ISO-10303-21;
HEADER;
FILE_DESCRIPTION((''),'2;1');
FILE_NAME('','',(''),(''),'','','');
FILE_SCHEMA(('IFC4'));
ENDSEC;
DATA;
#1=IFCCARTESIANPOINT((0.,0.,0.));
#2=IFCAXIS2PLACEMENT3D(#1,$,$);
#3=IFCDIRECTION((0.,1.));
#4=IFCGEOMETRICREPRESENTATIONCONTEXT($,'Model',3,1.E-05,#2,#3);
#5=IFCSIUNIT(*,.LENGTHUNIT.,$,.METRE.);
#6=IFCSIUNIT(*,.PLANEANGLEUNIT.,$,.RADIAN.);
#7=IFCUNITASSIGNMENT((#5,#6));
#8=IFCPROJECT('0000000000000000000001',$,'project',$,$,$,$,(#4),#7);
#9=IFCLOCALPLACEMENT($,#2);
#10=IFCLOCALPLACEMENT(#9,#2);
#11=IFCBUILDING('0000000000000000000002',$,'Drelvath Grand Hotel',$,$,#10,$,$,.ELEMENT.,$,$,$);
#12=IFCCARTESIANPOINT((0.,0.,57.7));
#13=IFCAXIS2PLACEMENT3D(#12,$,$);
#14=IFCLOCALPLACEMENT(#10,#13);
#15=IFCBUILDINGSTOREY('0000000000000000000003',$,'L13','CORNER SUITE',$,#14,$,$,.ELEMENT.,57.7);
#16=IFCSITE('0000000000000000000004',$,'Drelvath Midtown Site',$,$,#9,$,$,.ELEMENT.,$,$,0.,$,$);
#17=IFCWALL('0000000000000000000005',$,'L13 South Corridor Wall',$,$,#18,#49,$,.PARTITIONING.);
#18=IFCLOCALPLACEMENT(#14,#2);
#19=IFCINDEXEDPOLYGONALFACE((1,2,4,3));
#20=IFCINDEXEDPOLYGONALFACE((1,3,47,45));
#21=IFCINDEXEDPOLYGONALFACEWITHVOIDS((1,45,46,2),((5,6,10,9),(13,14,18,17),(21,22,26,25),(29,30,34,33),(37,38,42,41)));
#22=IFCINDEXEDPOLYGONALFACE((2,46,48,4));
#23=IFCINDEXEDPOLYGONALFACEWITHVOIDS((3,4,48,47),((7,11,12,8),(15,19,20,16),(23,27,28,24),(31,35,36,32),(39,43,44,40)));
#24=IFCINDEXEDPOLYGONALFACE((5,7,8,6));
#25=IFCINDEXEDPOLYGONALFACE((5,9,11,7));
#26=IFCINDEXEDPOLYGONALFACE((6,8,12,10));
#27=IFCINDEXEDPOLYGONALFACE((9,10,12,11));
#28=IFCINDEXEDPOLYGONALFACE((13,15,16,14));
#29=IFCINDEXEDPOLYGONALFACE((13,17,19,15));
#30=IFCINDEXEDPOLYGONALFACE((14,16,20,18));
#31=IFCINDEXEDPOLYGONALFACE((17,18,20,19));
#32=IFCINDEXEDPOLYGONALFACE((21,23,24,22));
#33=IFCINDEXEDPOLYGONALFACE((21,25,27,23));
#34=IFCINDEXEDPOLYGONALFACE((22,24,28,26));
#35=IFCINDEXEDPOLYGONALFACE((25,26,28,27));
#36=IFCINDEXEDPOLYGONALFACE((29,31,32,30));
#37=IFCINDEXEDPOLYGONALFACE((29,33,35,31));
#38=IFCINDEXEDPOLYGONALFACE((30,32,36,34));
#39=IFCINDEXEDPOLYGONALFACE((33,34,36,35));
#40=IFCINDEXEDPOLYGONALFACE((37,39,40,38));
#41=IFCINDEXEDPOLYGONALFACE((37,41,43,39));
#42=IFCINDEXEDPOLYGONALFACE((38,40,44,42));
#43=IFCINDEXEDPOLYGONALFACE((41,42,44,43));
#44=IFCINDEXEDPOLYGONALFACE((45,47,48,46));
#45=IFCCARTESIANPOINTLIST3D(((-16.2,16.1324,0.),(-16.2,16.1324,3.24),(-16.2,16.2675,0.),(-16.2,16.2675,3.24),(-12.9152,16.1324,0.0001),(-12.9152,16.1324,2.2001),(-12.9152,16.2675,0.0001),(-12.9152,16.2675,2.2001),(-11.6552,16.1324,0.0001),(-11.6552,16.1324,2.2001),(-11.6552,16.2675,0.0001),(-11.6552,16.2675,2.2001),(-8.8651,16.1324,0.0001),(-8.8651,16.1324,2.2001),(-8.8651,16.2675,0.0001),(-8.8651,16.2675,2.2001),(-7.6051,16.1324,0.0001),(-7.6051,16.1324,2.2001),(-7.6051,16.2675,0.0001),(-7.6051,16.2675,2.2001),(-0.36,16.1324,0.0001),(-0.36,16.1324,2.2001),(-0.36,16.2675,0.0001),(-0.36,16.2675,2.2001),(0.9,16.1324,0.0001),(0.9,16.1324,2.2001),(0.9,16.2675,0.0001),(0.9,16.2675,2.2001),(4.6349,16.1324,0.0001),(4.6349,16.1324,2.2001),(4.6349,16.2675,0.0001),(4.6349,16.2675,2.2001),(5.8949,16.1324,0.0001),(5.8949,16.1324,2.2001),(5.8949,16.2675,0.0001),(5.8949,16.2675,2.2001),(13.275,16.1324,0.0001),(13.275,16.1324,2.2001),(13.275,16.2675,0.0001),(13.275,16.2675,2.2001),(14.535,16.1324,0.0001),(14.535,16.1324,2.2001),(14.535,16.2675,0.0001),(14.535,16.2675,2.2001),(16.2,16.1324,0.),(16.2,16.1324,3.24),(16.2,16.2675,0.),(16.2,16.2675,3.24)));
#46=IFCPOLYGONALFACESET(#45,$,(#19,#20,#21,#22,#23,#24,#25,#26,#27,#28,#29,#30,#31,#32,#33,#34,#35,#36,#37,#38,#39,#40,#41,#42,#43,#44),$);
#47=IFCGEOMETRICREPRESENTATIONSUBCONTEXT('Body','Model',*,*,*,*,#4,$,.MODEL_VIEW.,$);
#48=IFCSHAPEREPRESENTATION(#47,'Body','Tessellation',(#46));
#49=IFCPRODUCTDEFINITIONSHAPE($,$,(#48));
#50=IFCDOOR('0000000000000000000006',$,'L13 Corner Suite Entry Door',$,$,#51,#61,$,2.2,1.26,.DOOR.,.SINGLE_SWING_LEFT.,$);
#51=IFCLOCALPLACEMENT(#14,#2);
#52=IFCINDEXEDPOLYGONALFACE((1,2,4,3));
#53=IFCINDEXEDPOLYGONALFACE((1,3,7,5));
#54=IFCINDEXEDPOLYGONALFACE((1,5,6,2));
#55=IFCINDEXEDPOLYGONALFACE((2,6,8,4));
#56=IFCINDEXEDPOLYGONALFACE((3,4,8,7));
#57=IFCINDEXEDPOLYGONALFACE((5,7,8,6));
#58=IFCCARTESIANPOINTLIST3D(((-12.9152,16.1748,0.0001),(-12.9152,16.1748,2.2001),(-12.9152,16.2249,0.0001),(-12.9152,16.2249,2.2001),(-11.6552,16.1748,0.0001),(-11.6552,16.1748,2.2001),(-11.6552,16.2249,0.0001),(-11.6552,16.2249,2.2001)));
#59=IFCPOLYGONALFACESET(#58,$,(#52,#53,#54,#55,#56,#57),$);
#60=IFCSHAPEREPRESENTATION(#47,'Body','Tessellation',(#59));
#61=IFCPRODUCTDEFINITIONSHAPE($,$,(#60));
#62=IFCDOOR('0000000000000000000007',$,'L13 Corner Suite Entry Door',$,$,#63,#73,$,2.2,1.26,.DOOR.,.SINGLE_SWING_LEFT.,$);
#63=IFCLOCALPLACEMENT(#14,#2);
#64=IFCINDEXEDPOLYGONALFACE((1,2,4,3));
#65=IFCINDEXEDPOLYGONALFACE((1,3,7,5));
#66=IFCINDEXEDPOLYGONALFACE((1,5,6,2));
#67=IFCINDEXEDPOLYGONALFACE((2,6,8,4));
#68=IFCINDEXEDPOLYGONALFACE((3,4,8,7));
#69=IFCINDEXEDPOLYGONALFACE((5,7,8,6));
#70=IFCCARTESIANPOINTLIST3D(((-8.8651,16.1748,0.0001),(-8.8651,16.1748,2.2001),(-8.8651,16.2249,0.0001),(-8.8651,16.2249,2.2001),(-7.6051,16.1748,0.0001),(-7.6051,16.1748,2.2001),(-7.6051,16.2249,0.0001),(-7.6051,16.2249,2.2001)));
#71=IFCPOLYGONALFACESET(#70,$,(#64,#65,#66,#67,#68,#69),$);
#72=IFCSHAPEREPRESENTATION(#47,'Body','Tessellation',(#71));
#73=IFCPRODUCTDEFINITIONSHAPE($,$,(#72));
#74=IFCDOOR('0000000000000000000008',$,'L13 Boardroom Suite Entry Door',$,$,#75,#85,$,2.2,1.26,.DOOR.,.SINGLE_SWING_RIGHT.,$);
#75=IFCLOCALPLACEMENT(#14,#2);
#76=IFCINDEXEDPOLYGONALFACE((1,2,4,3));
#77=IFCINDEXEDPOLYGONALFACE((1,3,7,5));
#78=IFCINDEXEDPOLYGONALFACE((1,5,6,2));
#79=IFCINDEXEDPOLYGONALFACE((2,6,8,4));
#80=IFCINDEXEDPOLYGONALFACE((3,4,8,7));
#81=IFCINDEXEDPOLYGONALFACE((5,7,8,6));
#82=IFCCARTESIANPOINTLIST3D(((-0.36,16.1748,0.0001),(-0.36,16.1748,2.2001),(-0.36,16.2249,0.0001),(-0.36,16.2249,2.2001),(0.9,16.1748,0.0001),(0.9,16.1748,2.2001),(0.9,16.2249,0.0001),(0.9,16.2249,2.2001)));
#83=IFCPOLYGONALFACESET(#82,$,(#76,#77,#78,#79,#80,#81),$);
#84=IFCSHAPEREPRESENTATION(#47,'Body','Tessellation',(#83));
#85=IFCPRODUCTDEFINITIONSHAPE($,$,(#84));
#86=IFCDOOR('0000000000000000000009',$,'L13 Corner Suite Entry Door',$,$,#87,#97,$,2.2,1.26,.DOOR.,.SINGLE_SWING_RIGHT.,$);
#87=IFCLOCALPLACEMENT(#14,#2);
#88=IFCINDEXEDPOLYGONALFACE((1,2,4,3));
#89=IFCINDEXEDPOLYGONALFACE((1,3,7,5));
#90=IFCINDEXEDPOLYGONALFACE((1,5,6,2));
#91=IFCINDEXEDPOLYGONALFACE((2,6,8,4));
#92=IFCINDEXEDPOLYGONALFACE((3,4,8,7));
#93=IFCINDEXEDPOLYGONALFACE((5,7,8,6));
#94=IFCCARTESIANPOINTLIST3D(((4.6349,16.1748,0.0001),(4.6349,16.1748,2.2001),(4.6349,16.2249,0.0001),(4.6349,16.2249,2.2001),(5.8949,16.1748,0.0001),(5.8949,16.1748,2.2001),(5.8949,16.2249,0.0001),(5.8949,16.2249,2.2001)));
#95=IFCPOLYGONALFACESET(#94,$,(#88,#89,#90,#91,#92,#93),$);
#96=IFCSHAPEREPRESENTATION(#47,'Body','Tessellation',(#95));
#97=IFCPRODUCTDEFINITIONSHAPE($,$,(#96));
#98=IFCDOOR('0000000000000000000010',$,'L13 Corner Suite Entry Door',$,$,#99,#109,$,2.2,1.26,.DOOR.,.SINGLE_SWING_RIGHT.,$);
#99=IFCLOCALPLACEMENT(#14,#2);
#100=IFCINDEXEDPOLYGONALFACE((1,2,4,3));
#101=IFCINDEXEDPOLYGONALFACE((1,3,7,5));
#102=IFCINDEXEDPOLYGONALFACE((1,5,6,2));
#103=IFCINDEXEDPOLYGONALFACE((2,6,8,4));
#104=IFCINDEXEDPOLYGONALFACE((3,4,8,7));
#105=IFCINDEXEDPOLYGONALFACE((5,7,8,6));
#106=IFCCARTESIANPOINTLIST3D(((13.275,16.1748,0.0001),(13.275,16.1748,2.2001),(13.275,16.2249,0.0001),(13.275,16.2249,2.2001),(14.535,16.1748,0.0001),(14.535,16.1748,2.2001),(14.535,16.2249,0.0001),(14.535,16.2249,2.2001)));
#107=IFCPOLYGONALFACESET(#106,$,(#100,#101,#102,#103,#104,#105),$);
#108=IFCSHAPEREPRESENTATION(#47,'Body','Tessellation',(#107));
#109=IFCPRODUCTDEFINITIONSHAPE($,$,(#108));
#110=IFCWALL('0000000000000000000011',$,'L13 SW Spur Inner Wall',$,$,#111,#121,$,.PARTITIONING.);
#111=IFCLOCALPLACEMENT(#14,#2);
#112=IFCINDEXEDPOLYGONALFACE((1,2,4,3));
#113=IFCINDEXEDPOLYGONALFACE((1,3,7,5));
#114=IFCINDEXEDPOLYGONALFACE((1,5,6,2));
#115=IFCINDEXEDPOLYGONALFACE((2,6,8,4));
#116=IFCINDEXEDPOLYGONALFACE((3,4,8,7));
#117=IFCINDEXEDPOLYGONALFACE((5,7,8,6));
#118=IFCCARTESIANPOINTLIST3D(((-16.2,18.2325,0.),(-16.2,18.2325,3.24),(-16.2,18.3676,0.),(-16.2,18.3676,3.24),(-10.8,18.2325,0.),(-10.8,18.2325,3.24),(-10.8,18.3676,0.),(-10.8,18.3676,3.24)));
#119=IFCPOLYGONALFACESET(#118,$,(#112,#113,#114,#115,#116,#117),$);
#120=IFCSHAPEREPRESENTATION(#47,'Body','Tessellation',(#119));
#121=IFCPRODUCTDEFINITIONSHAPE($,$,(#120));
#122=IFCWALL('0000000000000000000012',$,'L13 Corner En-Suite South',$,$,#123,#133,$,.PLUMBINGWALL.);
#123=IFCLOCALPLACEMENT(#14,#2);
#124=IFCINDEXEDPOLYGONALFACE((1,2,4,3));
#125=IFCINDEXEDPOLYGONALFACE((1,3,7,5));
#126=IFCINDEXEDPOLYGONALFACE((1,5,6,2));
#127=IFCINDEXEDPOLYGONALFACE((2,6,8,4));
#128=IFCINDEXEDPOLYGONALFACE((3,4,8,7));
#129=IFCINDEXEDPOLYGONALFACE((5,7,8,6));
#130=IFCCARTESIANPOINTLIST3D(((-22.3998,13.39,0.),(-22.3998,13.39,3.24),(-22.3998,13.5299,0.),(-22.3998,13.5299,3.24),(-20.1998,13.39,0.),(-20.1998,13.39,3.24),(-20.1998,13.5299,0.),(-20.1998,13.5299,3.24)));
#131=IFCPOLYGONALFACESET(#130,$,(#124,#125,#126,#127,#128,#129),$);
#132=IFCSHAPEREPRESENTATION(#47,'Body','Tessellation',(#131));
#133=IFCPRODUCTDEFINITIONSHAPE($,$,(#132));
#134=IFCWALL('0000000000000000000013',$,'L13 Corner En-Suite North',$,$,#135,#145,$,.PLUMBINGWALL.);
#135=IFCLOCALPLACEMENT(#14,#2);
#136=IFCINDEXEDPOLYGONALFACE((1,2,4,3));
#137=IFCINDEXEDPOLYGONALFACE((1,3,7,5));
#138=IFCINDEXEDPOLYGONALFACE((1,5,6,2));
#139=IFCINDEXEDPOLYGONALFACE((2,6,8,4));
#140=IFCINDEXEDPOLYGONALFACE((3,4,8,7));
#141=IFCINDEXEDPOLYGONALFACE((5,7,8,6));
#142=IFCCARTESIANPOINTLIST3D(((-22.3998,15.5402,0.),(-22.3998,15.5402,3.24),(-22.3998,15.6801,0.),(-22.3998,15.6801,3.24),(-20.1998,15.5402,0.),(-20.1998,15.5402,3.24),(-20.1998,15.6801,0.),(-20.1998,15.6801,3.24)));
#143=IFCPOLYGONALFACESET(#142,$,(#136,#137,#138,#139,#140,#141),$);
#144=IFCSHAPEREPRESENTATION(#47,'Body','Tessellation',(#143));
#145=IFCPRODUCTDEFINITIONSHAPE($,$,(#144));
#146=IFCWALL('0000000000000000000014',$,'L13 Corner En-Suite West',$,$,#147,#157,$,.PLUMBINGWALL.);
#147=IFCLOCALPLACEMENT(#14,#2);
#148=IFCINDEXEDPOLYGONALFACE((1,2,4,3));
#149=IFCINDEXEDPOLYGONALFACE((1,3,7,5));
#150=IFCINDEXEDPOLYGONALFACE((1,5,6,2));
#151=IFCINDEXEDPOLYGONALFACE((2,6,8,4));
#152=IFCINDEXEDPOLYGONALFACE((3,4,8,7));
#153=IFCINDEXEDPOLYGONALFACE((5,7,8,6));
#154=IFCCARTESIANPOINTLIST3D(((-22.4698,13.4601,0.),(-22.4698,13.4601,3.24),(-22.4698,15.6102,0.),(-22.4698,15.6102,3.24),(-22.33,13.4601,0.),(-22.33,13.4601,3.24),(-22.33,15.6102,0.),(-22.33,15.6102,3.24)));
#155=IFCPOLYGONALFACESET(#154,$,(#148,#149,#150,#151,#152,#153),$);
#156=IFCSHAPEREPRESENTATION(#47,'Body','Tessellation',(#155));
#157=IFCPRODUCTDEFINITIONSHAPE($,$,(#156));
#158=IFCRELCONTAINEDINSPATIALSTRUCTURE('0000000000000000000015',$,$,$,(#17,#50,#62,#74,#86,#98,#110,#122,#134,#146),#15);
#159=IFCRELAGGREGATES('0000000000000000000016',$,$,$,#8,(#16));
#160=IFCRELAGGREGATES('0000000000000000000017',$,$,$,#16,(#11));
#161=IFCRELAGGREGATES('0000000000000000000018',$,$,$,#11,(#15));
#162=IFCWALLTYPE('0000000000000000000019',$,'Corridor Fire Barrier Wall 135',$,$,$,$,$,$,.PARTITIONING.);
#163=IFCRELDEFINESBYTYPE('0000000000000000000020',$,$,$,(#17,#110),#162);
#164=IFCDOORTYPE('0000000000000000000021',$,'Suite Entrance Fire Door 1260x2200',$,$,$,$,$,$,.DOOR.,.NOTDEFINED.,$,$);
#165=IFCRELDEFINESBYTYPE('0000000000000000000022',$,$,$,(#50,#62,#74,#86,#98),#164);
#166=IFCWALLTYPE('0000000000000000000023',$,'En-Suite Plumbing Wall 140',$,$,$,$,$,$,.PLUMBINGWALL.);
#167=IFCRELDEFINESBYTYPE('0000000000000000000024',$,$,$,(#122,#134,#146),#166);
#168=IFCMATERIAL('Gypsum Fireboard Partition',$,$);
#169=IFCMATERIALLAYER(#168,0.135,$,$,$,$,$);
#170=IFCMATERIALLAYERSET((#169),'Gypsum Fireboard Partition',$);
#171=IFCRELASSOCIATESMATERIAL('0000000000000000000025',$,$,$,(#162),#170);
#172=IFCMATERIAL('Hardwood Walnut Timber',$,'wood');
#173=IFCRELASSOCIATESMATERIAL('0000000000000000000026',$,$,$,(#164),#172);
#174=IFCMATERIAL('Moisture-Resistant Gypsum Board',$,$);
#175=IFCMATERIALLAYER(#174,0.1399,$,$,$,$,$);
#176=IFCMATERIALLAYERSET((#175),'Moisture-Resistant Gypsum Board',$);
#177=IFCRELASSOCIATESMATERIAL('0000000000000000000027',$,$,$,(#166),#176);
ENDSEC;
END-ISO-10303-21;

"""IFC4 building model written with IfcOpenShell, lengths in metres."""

from ifc_helpers import new_model, si_unit, direction, frame, frame_2d, origin, place, context, subcontext, project, spatial, rectangle, extrude, material, layer, layer_set, type_object, element, fill, save


model = new_model("IFC4")

# Units and contexts
model_context = context("Model", 3, precision=1e-05, world=origin(), true_north=direction((0.0, 1.0)))
body_context = subcontext(model_context, "Body", "Model", "MODEL_VIEW")
ifc_project = project(units=[si_unit("LENGTHUNIT", "METRE"), si_unit("PLANEANGLEUNIT", "RADIAN")], contexts=[model_context])

# Site, building, storey
site_placement = place(None, origin())
site = spatial("IfcSite", under=ifc_project, at=site_placement, Name="Drelvath Midtown Site", CompositionType="ELEMENT", RefElevation=0.0)
building_placement = place(site_placement, origin())
building = spatial("IfcBuilding", under=site, at=building_placement, Name="Drelvath Grand Hotel", CompositionType="ELEMENT")
storey_placement = place(building_placement, frame((0.0, 0.0, 57.7)))
storey = spatial("IfcBuildingStorey", under=building, at=storey_placement, Name="L13", Description="CORNER SUITE", CompositionType="ELEMENT", Elevation=57.7)

# Wall, openings, doors
ifc_material_1 = material(Name="Gypsum Fireboard Partition")
ifc_layer_1 = layer(ifc_material_1, 0.135)
ifc_layer_set_1 = layer_set([ifc_layer_1], Name="Gypsum Fireboard Partition")
wall_type_1 = type_object("IfcWallType", Name="Corridor Fire Barrier Wall 135", PredefinedType="PARTITIONING", material=ifc_layer_set_1)
wall_1_placement = place(storey_placement, frame((-16.2, 16.2, 0.0), z_axis=(0.0, 0.0, 1.0), x_axis=(1.0, 0.0, 0.0)))
wall_1 = element("IfcWall", 1, at=wall_1_placement, inside=storey, type_object=wall_type_1, Name="L13 South Corridor Wall", PredefinedType="PARTITIONING", context=body_context, shape_type="SweptSolid", body=[
    extrude(rectangle(XDim=32.3999, YDim=0.135, at=frame_2d((16.2, 0.0))), origin(), (0.0, 0.0, 1.0), 3.24),
])
opening_1_placement = place(wall_1_placement, frame((3.2849, 0.0, 0.0)))
opening_1 = element("IfcOpeningElement", 2, at=opening_1_placement, cuts=wall_1, PredefinedType="OPENING", context=body_context, shape_type="SweptSolid", body=[
    extrude(rectangle(XDim=1.26, YDim=2.2, at=frame_2d((0.6299, 1.1001))), frame((0.0, 0.0774, 0.0), z_axis=(0.0, -1.0, 0.0), x_axis=(1.0, 0.0, 0.0)), (0.0, 0.0, 1.0), 0.155),
])
opening_2_placement = place(wall_1_placement, frame((7.335, 0.0, 0.0)))
opening_2 = element("IfcOpeningElement", 3, at=opening_2_placement, cuts=wall_1, PredefinedType="OPENING", context=body_context, shape_type="SweptSolid", body=[
    extrude(rectangle(XDim=1.26, YDim=2.2, at=frame_2d((0.6299, 1.1001))), frame((0.0, 0.0774, 0.0), z_axis=(0.0, -1.0, 0.0), x_axis=(1.0, 0.0, 0.0)), (0.0, 0.0, 1.0), 0.155),
])
opening_3_placement = place(wall_1_placement, frame((15.8401, 0.0, 0.0)))
opening_3 = element("IfcOpeningElement", 4, at=opening_3_placement, cuts=wall_1, PredefinedType="OPENING", context=body_context, shape_type="SweptSolid", body=[
    extrude(rectangle(XDim=1.26, YDim=2.2, at=frame_2d((0.6299, 1.1001))), frame((0.0, 0.0774, 0.0), z_axis=(0.0, -1.0, 0.0), x_axis=(1.0, 0.0, 0.0)), (0.0, 0.0, 1.0), 0.155),
])
opening_4_placement = place(wall_1_placement, frame((20.835, 0.0, 0.0)))
opening_4 = element("IfcOpeningElement", 5, at=opening_4_placement, cuts=wall_1, PredefinedType="OPENING", context=body_context, shape_type="SweptSolid", body=[
    extrude(rectangle(XDim=1.26, YDim=2.2, at=frame_2d((0.6299, 1.1001))), frame((0.0, 0.0774, 0.0), z_axis=(0.0, -1.0, 0.0), x_axis=(1.0, 0.0, 0.0)), (0.0, 0.0, 1.0), 0.155),
])
opening_5_placement = place(wall_1_placement, frame((29.4751, 0.0, 0.0)))
opening_5 = element("IfcOpeningElement", 6, at=opening_5_placement, cuts=wall_1, PredefinedType="OPENING", context=body_context, shape_type="SweptSolid", body=[
    extrude(rectangle(XDim=1.26, YDim=2.2, at=frame_2d((0.6299, 1.1001))), frame((0.0, 0.0774, 0.0), z_axis=(0.0, -1.0, 0.0), x_axis=(1.0, 0.0, 0.0)), (0.0, 0.0, 1.0), 0.155),
])
ifc_material_2 = material(Name="Hardwood Walnut Timber", Category="wood")
door_type_1 = type_object("IfcDoorType", Name="Suite Entrance Fire Door 1260x2200", OperationType="NOTDEFINED", PredefinedType="DOOR", material=ifc_material_2)
door_1_placement = place(opening_1_placement, origin())
door_1 = element("IfcDoor", 7, at=door_1_placement, inside=storey, type_object=door_type_1, Name="L13 Corner Suite Entry Door", OperationType="SINGLE_SWING_LEFT", OverallHeight=2.2, OverallWidth=1.26, PredefinedType="DOOR", context=body_context, shape_type="SweptSolid", body=[
    extrude(rectangle(XDim=1.26, YDim=2.2, at=frame_2d((0.6299, 1.1001))), frame((0.0, 0.0249, 0.0), z_axis=(0.0, -1.0, 0.0), x_axis=(1.0, 0.0, 0.0)), (0.0, 0.0, 1.0), 0.05),
])
fill(opening_1, door_1)
door_2_placement = place(opening_2_placement, origin())
door_2 = element("IfcDoor", 8, at=door_2_placement, inside=storey, type_object=door_type_1, Name="L13 Corner Suite Entry Door", OperationType="SINGLE_SWING_LEFT", OverallHeight=2.2, OverallWidth=1.26, PredefinedType="DOOR", context=body_context, shape_type="SweptSolid", body=[
    extrude(rectangle(XDim=1.26, YDim=2.2, at=frame_2d((0.6299, 1.1001))), frame((0.0, 0.0249, 0.0), z_axis=(0.0, -1.0, 0.0), x_axis=(1.0, 0.0, 0.0)), (0.0, 0.0, 1.0), 0.05),
])
fill(opening_2, door_2)
door_3_placement = place(opening_3_placement, origin())
door_3 = element("IfcDoor", 9, at=door_3_placement, inside=storey, type_object=door_type_1, Name="L13 Boardroom Suite Entry Door", OperationType="SINGLE_SWING_RIGHT", OverallHeight=2.2, OverallWidth=1.26, PredefinedType="DOOR", context=body_context, shape_type="SweptSolid", body=[
    extrude(rectangle(XDim=1.26, YDim=2.2, at=frame_2d((0.6299, 1.1001))), frame((0.0, 0.0249, 0.0), z_axis=(0.0, -1.0, 0.0), x_axis=(1.0, 0.0, 0.0)), (0.0, 0.0, 1.0), 0.05),
])
fill(opening_3, door_3)
door_4_placement = place(opening_4_placement, origin())
door_4 = element("IfcDoor", 10, at=door_4_placement, inside=storey, type_object=door_type_1, Name="L13 Corner Suite Entry Door", OperationType="SINGLE_SWING_RIGHT", OverallHeight=2.2, OverallWidth=1.26, PredefinedType="DOOR", context=body_context, shape_type="SweptSolid", body=[
    extrude(rectangle(XDim=1.26, YDim=2.2, at=frame_2d((0.6299, 1.1001))), frame((0.0, 0.0249, 0.0), z_axis=(0.0, -1.0, 0.0), x_axis=(1.0, 0.0, 0.0)), (0.0, 0.0, 1.0), 0.05),
])
fill(opening_4, door_4)
door_5_placement = place(opening_5_placement, origin())
door_5 = element("IfcDoor", 11, at=door_5_placement, inside=storey, type_object=door_type_1, Name="L13 Corner Suite Entry Door", OperationType="SINGLE_SWING_RIGHT", OverallHeight=2.2, OverallWidth=1.26, PredefinedType="DOOR", context=body_context, shape_type="SweptSolid", body=[
    extrude(rectangle(XDim=1.26, YDim=2.2, at=frame_2d((0.6299, 1.1001))), frame((0.0, 0.0249, 0.0), z_axis=(0.0, -1.0, 0.0), x_axis=(1.0, 0.0, 0.0)), (0.0, 0.0, 1.0), 0.05),
])
fill(opening_5, door_5)

# Wall
wall_2_placement = place(storey_placement, frame((-16.2, 18.3, 0.0), z_axis=(0.0, 0.0, 1.0), x_axis=(1.0, 0.0, 0.0)))
element("IfcWall", 12, at=wall_2_placement, inside=storey, type_object=wall_type_1, Name="L13 SW Spur Inner Wall", PredefinedType="PARTITIONING", context=body_context, shape_type="SweptSolid", body=[
    extrude(rectangle(XDim=5.3999, YDim=0.135, at=frame_2d((2.7, 0.0))), origin(), (0.0, 0.0, 1.0), 3.24),
])

# Walls
ifc_material_3 = material(Name="Moisture-Resistant Gypsum Board")
ifc_layer_2 = layer(ifc_material_3, 0.1399)
ifc_layer_set_2 = layer_set([ifc_layer_2], Name="Moisture-Resistant Gypsum Board")
wall_type_2 = type_object("IfcWallType", Name="En-Suite Plumbing Wall 140", PredefinedType="PLUMBINGWALL", material=ifc_layer_set_2)
for number, where, z_axis, x_axis, name in (
    (13, (-22.3999, 13.46, 0.0), (0.0, 0.0, 1.0), (1.0, 0.0, 0.0), "L13 Corner En-Suite South"),
    (14, (-22.3999, 15.6101, 0.0), (0.0, 0.0, 1.0), (1.0, 0.0, 0.0), "L13 Corner En-Suite North"),
):
    element("IfcWall", number, at=place(storey_placement, frame(where, z_axis=z_axis, x_axis=x_axis)), inside=storey, type_object=wall_type_2, Name=name, PredefinedType="PLUMBINGWALL", context=body_context, shape_type="SweptSolid", body=[
        extrude(rectangle(XDim=2.2, YDim=0.1399, at=frame_2d((1.1001, 0.0))), origin(), (0.0, 0.0, 1.0), 3.24),
    ])
wall_3_placement = place(storey_placement, frame((-22.3999, 13.46, 0.0), z_axis=(0.0, 0.0, 1.0), x_axis=(0.0, 1.0, 0.0)))
element("IfcWall", 15, at=wall_3_placement, inside=storey, type_object=wall_type_2, Name="L13 Corner En-Suite West", PredefinedType="PLUMBINGWALL", context=body_context, shape_type="SweptSolid", body=[
    extrude(rectangle(XDim=2.1501, YDim=0.1399, at=frame_2d((1.0752, 0.0))), origin(), (0.0, 0.0, 1.0), 3.24),
])

save(model, "model.ifc")
